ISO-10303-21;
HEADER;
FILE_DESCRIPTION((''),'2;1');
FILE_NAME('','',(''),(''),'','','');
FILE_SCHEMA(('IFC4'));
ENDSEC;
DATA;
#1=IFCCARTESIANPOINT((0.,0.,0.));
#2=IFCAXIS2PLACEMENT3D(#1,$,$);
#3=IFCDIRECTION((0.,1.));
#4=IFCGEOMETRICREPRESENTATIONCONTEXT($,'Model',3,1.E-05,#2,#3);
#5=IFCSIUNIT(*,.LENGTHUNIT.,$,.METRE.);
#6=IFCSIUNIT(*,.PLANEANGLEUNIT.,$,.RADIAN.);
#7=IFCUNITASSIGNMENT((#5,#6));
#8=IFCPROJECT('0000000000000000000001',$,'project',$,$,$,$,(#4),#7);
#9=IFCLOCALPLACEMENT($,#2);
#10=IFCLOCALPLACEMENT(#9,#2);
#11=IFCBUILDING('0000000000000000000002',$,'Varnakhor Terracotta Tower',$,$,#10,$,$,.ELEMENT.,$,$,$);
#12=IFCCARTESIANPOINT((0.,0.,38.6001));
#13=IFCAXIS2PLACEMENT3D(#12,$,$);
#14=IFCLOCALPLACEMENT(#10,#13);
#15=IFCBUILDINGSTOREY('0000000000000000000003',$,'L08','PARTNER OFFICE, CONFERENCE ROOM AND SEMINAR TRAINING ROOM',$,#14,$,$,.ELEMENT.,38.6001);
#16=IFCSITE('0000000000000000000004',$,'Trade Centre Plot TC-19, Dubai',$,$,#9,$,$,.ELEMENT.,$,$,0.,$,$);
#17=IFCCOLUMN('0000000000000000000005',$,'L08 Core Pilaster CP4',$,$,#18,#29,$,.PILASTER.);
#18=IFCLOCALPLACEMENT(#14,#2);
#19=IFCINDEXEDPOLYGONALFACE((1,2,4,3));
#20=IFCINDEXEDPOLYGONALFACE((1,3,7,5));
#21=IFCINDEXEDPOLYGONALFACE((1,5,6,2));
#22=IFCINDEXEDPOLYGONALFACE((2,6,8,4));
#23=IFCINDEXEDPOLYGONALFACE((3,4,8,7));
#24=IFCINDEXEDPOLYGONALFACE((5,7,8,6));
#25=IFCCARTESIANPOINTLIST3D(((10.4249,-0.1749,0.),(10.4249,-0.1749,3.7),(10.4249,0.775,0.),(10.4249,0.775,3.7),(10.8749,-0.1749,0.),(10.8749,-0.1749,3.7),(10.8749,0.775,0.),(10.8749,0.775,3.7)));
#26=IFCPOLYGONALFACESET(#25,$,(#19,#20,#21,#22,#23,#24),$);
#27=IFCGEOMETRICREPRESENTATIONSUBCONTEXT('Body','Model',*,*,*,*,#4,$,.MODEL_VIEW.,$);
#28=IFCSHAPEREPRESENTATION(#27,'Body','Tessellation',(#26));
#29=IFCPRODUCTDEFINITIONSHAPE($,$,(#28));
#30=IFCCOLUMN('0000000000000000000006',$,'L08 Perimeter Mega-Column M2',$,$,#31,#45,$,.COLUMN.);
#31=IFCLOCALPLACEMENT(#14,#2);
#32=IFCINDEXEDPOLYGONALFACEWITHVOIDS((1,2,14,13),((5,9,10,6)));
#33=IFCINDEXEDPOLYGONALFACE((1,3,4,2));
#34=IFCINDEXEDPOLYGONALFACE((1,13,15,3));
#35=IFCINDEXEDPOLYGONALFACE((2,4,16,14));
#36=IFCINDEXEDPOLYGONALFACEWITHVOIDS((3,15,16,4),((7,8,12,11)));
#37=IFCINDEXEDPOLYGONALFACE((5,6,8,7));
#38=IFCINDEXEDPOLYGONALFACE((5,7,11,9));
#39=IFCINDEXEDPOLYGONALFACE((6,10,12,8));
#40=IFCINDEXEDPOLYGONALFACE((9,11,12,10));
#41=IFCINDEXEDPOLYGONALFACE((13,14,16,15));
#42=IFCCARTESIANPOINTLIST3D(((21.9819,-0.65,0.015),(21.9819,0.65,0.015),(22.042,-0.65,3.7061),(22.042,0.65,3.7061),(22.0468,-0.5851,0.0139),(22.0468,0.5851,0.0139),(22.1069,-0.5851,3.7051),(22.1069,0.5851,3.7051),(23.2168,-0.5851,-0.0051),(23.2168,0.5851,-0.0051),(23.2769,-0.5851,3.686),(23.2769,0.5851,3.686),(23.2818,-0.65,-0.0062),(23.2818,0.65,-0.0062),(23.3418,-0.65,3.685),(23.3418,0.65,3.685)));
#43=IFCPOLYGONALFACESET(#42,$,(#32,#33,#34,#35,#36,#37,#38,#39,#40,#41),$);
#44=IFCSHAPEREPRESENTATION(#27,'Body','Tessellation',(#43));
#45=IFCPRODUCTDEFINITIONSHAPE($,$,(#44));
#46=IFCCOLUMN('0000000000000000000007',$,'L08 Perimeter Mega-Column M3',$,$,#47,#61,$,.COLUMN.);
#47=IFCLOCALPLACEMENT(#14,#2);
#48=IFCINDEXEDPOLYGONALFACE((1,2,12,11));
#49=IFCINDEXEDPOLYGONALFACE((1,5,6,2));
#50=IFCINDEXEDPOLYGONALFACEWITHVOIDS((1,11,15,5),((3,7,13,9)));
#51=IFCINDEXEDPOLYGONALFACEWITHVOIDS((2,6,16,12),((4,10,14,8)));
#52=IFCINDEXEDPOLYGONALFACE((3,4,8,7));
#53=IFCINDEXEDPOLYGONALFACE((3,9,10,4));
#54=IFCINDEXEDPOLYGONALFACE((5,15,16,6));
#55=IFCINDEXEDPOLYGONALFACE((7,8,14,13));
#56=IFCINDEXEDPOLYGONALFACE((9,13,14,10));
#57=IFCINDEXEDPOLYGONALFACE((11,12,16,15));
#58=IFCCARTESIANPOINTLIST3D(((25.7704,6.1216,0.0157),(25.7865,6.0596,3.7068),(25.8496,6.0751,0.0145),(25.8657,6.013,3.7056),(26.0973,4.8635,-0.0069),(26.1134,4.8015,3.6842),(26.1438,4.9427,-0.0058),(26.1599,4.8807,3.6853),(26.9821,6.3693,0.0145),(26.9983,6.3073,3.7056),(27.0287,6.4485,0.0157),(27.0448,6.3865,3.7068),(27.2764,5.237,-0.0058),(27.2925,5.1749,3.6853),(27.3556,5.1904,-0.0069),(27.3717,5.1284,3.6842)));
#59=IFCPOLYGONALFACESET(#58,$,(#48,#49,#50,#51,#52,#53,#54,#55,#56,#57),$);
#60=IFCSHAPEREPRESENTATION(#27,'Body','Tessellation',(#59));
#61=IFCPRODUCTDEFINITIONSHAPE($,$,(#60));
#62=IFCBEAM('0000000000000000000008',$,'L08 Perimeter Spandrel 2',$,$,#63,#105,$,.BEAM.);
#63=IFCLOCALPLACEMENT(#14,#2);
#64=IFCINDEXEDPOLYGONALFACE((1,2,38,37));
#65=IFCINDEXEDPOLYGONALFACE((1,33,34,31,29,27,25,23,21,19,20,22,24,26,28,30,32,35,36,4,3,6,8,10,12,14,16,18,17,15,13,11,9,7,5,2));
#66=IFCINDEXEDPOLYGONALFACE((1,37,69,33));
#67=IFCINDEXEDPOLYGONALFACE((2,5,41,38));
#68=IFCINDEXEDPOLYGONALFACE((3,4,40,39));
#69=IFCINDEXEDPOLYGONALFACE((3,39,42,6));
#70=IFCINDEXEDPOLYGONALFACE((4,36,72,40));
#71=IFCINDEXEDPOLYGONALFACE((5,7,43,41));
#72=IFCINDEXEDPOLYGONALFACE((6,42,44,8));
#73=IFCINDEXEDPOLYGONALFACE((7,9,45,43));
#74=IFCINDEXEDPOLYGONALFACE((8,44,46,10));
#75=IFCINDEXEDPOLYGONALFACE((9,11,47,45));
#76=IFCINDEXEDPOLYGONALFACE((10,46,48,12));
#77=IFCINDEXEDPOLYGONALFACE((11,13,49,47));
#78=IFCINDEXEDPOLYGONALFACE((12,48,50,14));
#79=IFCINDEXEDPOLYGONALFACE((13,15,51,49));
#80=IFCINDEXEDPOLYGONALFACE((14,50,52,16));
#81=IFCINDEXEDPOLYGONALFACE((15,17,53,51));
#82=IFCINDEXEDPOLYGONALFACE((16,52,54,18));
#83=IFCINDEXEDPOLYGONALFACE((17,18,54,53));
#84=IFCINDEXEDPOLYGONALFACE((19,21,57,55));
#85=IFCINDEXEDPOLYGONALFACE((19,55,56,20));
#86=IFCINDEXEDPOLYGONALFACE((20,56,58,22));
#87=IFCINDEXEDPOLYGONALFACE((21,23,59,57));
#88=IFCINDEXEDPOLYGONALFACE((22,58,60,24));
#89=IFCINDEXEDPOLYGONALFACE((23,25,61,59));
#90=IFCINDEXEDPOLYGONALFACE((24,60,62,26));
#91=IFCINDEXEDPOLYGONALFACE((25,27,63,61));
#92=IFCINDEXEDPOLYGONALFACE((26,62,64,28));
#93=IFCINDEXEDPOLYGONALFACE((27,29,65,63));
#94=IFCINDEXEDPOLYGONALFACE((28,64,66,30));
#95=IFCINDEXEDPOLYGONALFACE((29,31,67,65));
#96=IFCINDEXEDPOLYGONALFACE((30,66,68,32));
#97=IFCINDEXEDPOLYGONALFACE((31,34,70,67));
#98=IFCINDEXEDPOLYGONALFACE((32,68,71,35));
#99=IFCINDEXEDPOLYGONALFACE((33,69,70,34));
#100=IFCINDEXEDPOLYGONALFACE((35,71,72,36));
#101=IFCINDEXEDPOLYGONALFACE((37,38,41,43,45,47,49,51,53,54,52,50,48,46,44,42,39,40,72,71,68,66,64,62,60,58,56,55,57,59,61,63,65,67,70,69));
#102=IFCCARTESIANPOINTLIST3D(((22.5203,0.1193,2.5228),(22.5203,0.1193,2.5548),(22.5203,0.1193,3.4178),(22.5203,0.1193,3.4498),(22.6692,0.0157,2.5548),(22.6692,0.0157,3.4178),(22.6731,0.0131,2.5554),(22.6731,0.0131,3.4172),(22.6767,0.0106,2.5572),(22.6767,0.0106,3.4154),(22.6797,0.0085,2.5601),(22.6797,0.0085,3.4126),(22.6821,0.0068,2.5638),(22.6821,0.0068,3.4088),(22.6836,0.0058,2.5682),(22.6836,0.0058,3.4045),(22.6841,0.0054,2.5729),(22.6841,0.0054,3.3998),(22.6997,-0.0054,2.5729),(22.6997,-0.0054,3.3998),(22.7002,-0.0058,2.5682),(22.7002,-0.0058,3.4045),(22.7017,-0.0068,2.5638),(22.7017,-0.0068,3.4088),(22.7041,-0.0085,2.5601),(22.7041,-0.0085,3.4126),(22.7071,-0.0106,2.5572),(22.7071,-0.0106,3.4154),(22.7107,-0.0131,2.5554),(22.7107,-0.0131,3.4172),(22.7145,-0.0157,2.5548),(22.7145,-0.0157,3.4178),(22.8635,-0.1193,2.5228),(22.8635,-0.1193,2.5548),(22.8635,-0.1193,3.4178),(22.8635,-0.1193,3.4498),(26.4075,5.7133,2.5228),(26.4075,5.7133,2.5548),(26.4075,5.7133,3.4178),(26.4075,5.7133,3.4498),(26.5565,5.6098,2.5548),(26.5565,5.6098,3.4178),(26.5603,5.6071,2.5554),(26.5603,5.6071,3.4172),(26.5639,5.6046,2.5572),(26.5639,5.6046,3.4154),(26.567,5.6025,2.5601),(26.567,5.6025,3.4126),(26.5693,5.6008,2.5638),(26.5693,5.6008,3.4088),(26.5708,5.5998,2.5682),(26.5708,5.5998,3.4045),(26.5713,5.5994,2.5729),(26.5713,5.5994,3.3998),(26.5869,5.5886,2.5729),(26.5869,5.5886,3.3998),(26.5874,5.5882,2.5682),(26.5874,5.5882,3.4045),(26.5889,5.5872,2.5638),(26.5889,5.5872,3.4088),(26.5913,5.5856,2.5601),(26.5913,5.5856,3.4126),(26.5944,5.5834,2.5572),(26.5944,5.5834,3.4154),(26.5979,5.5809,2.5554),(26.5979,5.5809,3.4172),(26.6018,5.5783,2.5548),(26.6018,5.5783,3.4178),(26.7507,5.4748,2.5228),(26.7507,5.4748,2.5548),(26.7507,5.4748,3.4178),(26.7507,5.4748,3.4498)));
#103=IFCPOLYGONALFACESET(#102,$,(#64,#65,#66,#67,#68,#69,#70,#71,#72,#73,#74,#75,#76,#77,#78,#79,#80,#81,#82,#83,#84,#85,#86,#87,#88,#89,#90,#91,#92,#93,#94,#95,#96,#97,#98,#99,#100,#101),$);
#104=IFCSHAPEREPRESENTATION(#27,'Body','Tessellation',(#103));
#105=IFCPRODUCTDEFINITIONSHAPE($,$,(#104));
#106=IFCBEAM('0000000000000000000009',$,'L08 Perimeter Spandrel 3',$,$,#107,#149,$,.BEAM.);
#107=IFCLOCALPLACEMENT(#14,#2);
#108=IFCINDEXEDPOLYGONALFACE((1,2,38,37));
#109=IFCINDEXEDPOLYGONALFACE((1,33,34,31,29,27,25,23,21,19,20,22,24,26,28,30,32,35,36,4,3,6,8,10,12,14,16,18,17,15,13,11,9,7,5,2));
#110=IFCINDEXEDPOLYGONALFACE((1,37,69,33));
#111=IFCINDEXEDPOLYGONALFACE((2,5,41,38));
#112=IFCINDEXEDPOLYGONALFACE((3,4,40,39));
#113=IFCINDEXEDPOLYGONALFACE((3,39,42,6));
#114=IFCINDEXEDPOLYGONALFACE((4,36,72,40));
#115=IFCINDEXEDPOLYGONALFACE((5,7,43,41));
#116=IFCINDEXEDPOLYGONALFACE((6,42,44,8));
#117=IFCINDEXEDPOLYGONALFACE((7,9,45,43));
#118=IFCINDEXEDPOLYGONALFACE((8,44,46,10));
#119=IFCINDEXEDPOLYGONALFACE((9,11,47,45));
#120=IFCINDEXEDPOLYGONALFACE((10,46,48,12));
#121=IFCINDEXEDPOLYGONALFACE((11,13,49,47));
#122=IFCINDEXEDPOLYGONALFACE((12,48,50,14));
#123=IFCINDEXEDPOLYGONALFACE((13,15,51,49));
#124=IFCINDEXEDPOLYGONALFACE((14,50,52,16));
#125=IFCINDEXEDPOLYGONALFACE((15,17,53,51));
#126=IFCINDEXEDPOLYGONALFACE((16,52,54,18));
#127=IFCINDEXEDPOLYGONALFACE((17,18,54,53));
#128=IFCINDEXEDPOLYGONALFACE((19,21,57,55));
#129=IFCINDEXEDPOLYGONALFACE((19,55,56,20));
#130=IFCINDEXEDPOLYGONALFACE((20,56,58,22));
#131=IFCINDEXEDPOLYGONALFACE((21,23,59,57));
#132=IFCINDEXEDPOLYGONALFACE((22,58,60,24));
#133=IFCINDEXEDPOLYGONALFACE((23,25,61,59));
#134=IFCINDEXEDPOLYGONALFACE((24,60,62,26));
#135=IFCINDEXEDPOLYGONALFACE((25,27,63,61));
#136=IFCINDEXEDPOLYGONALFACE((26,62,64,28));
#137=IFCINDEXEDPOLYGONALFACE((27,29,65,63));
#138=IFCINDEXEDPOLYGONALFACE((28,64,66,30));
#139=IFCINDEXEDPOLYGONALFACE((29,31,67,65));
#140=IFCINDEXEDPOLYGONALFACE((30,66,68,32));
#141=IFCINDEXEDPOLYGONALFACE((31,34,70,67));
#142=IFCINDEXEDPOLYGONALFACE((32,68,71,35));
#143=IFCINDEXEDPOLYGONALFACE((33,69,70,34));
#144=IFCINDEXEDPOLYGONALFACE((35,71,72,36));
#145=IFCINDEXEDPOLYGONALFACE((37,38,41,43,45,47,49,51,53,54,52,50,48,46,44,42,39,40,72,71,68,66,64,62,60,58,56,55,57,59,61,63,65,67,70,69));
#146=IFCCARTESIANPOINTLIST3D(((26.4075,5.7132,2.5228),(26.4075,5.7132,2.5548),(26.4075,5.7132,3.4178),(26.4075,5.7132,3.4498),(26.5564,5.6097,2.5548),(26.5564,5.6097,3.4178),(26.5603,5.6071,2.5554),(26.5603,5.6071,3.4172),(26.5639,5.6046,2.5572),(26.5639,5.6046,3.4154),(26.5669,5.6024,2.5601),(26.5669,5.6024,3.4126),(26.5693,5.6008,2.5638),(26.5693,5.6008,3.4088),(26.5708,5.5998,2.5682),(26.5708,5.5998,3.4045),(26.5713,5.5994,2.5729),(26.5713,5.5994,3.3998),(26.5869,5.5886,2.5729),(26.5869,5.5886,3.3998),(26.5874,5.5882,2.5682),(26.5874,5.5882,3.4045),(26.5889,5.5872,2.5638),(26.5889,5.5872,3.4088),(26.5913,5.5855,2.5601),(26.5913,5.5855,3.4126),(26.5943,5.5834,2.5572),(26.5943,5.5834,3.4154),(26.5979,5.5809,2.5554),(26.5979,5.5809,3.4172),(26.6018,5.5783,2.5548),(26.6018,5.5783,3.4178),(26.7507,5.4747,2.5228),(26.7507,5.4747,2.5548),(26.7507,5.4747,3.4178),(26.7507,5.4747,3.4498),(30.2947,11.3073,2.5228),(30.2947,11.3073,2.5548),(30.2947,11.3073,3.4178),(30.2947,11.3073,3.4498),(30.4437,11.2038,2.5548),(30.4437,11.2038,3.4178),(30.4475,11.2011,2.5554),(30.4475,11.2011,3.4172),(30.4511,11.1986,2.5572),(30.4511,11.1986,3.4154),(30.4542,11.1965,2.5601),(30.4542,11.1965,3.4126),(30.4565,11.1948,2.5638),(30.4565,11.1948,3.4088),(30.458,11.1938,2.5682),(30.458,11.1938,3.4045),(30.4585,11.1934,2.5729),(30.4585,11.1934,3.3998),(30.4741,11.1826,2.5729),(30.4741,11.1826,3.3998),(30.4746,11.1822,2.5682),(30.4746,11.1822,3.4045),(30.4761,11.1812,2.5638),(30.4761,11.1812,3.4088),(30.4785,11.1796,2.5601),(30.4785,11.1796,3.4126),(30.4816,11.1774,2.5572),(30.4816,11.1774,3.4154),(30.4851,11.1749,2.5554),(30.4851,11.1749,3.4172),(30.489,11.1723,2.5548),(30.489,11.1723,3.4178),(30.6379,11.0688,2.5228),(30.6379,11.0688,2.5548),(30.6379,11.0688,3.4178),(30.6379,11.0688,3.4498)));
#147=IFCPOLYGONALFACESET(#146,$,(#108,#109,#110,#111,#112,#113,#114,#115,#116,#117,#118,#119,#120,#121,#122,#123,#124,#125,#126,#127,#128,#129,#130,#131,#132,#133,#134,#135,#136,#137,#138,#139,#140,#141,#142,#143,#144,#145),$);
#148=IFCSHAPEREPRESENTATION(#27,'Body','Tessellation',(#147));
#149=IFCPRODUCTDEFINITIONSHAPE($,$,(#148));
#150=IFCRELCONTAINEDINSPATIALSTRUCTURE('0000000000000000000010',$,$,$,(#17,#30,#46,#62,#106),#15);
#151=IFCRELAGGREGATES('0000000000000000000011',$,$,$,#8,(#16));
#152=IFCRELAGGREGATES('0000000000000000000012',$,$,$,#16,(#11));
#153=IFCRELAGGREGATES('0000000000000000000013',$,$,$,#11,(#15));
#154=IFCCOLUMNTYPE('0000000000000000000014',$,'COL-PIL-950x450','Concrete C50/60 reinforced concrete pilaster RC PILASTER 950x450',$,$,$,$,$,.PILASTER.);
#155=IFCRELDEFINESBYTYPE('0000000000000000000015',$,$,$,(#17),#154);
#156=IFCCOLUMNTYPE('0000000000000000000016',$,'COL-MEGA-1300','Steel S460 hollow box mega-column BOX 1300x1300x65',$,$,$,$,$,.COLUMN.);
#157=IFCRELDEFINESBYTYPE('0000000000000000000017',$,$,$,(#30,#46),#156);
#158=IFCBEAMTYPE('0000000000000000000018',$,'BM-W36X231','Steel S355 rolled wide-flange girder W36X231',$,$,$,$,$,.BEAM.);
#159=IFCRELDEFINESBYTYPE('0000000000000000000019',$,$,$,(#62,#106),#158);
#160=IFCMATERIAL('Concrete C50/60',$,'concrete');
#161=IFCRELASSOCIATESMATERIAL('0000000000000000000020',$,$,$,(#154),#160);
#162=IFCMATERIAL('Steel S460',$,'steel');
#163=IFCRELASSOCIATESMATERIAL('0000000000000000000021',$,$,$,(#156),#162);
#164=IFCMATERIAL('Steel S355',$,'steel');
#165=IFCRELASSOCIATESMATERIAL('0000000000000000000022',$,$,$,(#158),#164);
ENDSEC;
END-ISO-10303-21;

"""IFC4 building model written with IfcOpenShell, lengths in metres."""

from ifc_helpers import new_model, si_unit, direction, frame, origin, origin_2d, place, context, subcontext, project, spatial, rectangle, hollow_rectangle, i_section, extrude, source, transform, mapped, material, material_profile, profile_set, type_object, element, save


model = new_model("IFC4")

# Units and contexts
model_context = context("Model", 3, precision=1e-05, world=origin(), true_north=direction((0.0, 1.0)))
body_context = subcontext(model_context, "Body", "Model", "MODEL_VIEW")
ifc_project = project(units=[si_unit("LENGTHUNIT", "METRE"), si_unit("PLANEANGLEUNIT", "RADIAN")], contexts=[model_context])

# Site, building, storey
site_placement = place(None, origin())
site = spatial("IfcSite", under=ifc_project, at=site_placement, Name="Trade Centre Plot TC-19, Dubai", CompositionType="ELEMENT", RefElevation=0.0)
building_placement = place(site_placement, origin())
building = spatial("IfcBuilding", under=site, at=building_placement, Name="Varnakhor Terracotta Tower", CompositionType="ELEMENT")
storey_placement = place(building_placement, frame((0.0, 0.0, 38.6001)))
storey = spatial("IfcBuildingStorey", under=building, at=storey_placement, Name="L08", Description="PARTNER OFFICE, CONFERENCE ROOM AND SEMINAR TRAINING ROOM", CompositionType="ELEMENT", Elevation=38.6001)

# Columns
ifc_material_1 = material(Name="Concrete C50/60", Category="concrete")
ifc_material_profile_1 = material_profile(ifc_material_1, rectangle(XDim=0.45, YDim=0.95, at=origin_2d()), Name="RC PILASTER 950x450")
ifc_profile_set_1 = profile_set([ifc_material_profile_1], Name="Concrete C50/60")
column_type_1 = type_object("IfcColumnType", Name="COL-PIL-950x450", Description="Concrete C50/60 reinforced concrete pilaster RC PILASTER 950x450", PredefinedType="PILASTER", material=ifc_profile_set_1)
shared_shape_1 = source(origin(), body_context, "Body", "SweptSolid", [
    extrude(rectangle(XDim=0.45, YDim=0.95, at=origin_2d()), origin(), (0.0, 0.0, 1.0), 3.7),
])
column_placement = place(storey_placement, frame((10.6499, 0.3, 0.0), z_axis=(0.0, 0.0, 1.0), x_axis=(1.0, 0.0, 0.0)))
element("IfcColumn", 1, at=column_placement, inside=storey, type_object=column_type_1, Name="L08 Core Pilaster CP4", PredefinedType="PILASTER", context=body_context, shape_type="MappedRepresentation", body=[
    mapped(shared_shape_1, transform((0.0, 0.0, 0.0), scale=1.0)),
])
ifc_material_2 = material(Name="Steel S460", Category="steel")
ifc_material_profile_2 = material_profile(ifc_material_2, hollow_rectangle(XDim=1.3, YDim=1.3, WallThickness=0.0649, at=origin_2d()), Name="BOX 1300x1300x65")
ifc_profile_set_2 = profile_set([ifc_material_profile_2], Name="Steel S460")
column_type_2 = type_object("IfcColumnType", Name="COL-MEGA-1300", Description="Steel S460 hollow box mega-column BOX 1300x1300x65", PredefinedType="COLUMN", material=ifc_profile_set_2)
shared_shape_2 = source(origin(), body_context, "Body", "SweptSolid", [
    extrude(hollow_rectangle(XDim=1.3, YDim=1.3, WallThickness=0.0649, at=origin_2d()), origin(), (0.0, 0.0, 1.0), 3.6917),
])
for number, where, z_axis, x_axis, name in (
    (2, (22.6318, 0.0, 0.0044), (0.016269, 0.0, 0.999868), (0.0, 1.0, 0.0), "L08 Perimeter Mega-Column M2"),
    (3, (26.563, 5.656, 0.0044), (0.004365, -0.016798, 0.999849), (0.96786, 0.251491, 0.0), "L08 Perimeter Mega-Column M3"),
):
    element("IfcColumn", number, at=place(storey_placement, frame(where, z_axis=z_axis, x_axis=x_axis)), inside=storey, type_object=column_type_2, Name=name, PredefinedType="COLUMN", context=body_context, shape_type="MappedRepresentation", body=[
        mapped(shared_shape_2, transform((0.0, 0.0, 0.0), scale=1.0)),
    ])

# Beams
ifc_material_3 = material(Name="Steel S355", Category="steel")
ifc_material_profile_3 = material_profile(ifc_material_3, i_section(OverallWidth=0.418, OverallDepth=0.927, WebThickness=0.019, FlangeThickness=0.032, FilletRadius=0.0181, at=origin_2d()), Name="W36X231")
ifc_profile_set_3 = profile_set([ifc_material_profile_3], Name="Steel S355")
beam_type_1 = type_object("IfcBeamType", Name="BM-W36X231", Description="Steel S355 rolled wide-flange girder W36X231", PredefinedType="BEAM", material=ifc_profile_set_3)
shared_shape_3 = source(origin(), body_context, "Body", "SweptSolid", [
    extrude(i_section(OverallWidth=0.418, OverallDepth=0.927, WebThickness=0.019, FlangeThickness=0.032, FilletRadius=0.0181, at=origin_2d()), origin(), (0.0, 0.0, 1.0), 6.812),
])
for number, where, z_axis, x_axis, name in (
    (4, (22.6919, 0.0, 2.9863), (0.570642, 0.821199, 0.0), (-0.821199, 0.570642, 0.0), "L08 Perimeter Spandrel 2"),
    (5, (26.5791, 5.594, 2.9863), (0.570642, 0.821199, 0.0), (-0.821199, 0.570642, 0.0), "L08 Perimeter Spandrel 3"),
):
    element("IfcBeam", number, at=place(storey_placement, frame(where, z_axis=z_axis, x_axis=x_axis)), inside=storey, type_object=beam_type_1, Name=name, PredefinedType="BEAM", context=body_context, shape_type="MappedRepresentation", body=[
        mapped(shared_shape_3, transform((0.0, 0.0, 0.0), scale=1.0)),
    ])

save(model, "model.ifc")
